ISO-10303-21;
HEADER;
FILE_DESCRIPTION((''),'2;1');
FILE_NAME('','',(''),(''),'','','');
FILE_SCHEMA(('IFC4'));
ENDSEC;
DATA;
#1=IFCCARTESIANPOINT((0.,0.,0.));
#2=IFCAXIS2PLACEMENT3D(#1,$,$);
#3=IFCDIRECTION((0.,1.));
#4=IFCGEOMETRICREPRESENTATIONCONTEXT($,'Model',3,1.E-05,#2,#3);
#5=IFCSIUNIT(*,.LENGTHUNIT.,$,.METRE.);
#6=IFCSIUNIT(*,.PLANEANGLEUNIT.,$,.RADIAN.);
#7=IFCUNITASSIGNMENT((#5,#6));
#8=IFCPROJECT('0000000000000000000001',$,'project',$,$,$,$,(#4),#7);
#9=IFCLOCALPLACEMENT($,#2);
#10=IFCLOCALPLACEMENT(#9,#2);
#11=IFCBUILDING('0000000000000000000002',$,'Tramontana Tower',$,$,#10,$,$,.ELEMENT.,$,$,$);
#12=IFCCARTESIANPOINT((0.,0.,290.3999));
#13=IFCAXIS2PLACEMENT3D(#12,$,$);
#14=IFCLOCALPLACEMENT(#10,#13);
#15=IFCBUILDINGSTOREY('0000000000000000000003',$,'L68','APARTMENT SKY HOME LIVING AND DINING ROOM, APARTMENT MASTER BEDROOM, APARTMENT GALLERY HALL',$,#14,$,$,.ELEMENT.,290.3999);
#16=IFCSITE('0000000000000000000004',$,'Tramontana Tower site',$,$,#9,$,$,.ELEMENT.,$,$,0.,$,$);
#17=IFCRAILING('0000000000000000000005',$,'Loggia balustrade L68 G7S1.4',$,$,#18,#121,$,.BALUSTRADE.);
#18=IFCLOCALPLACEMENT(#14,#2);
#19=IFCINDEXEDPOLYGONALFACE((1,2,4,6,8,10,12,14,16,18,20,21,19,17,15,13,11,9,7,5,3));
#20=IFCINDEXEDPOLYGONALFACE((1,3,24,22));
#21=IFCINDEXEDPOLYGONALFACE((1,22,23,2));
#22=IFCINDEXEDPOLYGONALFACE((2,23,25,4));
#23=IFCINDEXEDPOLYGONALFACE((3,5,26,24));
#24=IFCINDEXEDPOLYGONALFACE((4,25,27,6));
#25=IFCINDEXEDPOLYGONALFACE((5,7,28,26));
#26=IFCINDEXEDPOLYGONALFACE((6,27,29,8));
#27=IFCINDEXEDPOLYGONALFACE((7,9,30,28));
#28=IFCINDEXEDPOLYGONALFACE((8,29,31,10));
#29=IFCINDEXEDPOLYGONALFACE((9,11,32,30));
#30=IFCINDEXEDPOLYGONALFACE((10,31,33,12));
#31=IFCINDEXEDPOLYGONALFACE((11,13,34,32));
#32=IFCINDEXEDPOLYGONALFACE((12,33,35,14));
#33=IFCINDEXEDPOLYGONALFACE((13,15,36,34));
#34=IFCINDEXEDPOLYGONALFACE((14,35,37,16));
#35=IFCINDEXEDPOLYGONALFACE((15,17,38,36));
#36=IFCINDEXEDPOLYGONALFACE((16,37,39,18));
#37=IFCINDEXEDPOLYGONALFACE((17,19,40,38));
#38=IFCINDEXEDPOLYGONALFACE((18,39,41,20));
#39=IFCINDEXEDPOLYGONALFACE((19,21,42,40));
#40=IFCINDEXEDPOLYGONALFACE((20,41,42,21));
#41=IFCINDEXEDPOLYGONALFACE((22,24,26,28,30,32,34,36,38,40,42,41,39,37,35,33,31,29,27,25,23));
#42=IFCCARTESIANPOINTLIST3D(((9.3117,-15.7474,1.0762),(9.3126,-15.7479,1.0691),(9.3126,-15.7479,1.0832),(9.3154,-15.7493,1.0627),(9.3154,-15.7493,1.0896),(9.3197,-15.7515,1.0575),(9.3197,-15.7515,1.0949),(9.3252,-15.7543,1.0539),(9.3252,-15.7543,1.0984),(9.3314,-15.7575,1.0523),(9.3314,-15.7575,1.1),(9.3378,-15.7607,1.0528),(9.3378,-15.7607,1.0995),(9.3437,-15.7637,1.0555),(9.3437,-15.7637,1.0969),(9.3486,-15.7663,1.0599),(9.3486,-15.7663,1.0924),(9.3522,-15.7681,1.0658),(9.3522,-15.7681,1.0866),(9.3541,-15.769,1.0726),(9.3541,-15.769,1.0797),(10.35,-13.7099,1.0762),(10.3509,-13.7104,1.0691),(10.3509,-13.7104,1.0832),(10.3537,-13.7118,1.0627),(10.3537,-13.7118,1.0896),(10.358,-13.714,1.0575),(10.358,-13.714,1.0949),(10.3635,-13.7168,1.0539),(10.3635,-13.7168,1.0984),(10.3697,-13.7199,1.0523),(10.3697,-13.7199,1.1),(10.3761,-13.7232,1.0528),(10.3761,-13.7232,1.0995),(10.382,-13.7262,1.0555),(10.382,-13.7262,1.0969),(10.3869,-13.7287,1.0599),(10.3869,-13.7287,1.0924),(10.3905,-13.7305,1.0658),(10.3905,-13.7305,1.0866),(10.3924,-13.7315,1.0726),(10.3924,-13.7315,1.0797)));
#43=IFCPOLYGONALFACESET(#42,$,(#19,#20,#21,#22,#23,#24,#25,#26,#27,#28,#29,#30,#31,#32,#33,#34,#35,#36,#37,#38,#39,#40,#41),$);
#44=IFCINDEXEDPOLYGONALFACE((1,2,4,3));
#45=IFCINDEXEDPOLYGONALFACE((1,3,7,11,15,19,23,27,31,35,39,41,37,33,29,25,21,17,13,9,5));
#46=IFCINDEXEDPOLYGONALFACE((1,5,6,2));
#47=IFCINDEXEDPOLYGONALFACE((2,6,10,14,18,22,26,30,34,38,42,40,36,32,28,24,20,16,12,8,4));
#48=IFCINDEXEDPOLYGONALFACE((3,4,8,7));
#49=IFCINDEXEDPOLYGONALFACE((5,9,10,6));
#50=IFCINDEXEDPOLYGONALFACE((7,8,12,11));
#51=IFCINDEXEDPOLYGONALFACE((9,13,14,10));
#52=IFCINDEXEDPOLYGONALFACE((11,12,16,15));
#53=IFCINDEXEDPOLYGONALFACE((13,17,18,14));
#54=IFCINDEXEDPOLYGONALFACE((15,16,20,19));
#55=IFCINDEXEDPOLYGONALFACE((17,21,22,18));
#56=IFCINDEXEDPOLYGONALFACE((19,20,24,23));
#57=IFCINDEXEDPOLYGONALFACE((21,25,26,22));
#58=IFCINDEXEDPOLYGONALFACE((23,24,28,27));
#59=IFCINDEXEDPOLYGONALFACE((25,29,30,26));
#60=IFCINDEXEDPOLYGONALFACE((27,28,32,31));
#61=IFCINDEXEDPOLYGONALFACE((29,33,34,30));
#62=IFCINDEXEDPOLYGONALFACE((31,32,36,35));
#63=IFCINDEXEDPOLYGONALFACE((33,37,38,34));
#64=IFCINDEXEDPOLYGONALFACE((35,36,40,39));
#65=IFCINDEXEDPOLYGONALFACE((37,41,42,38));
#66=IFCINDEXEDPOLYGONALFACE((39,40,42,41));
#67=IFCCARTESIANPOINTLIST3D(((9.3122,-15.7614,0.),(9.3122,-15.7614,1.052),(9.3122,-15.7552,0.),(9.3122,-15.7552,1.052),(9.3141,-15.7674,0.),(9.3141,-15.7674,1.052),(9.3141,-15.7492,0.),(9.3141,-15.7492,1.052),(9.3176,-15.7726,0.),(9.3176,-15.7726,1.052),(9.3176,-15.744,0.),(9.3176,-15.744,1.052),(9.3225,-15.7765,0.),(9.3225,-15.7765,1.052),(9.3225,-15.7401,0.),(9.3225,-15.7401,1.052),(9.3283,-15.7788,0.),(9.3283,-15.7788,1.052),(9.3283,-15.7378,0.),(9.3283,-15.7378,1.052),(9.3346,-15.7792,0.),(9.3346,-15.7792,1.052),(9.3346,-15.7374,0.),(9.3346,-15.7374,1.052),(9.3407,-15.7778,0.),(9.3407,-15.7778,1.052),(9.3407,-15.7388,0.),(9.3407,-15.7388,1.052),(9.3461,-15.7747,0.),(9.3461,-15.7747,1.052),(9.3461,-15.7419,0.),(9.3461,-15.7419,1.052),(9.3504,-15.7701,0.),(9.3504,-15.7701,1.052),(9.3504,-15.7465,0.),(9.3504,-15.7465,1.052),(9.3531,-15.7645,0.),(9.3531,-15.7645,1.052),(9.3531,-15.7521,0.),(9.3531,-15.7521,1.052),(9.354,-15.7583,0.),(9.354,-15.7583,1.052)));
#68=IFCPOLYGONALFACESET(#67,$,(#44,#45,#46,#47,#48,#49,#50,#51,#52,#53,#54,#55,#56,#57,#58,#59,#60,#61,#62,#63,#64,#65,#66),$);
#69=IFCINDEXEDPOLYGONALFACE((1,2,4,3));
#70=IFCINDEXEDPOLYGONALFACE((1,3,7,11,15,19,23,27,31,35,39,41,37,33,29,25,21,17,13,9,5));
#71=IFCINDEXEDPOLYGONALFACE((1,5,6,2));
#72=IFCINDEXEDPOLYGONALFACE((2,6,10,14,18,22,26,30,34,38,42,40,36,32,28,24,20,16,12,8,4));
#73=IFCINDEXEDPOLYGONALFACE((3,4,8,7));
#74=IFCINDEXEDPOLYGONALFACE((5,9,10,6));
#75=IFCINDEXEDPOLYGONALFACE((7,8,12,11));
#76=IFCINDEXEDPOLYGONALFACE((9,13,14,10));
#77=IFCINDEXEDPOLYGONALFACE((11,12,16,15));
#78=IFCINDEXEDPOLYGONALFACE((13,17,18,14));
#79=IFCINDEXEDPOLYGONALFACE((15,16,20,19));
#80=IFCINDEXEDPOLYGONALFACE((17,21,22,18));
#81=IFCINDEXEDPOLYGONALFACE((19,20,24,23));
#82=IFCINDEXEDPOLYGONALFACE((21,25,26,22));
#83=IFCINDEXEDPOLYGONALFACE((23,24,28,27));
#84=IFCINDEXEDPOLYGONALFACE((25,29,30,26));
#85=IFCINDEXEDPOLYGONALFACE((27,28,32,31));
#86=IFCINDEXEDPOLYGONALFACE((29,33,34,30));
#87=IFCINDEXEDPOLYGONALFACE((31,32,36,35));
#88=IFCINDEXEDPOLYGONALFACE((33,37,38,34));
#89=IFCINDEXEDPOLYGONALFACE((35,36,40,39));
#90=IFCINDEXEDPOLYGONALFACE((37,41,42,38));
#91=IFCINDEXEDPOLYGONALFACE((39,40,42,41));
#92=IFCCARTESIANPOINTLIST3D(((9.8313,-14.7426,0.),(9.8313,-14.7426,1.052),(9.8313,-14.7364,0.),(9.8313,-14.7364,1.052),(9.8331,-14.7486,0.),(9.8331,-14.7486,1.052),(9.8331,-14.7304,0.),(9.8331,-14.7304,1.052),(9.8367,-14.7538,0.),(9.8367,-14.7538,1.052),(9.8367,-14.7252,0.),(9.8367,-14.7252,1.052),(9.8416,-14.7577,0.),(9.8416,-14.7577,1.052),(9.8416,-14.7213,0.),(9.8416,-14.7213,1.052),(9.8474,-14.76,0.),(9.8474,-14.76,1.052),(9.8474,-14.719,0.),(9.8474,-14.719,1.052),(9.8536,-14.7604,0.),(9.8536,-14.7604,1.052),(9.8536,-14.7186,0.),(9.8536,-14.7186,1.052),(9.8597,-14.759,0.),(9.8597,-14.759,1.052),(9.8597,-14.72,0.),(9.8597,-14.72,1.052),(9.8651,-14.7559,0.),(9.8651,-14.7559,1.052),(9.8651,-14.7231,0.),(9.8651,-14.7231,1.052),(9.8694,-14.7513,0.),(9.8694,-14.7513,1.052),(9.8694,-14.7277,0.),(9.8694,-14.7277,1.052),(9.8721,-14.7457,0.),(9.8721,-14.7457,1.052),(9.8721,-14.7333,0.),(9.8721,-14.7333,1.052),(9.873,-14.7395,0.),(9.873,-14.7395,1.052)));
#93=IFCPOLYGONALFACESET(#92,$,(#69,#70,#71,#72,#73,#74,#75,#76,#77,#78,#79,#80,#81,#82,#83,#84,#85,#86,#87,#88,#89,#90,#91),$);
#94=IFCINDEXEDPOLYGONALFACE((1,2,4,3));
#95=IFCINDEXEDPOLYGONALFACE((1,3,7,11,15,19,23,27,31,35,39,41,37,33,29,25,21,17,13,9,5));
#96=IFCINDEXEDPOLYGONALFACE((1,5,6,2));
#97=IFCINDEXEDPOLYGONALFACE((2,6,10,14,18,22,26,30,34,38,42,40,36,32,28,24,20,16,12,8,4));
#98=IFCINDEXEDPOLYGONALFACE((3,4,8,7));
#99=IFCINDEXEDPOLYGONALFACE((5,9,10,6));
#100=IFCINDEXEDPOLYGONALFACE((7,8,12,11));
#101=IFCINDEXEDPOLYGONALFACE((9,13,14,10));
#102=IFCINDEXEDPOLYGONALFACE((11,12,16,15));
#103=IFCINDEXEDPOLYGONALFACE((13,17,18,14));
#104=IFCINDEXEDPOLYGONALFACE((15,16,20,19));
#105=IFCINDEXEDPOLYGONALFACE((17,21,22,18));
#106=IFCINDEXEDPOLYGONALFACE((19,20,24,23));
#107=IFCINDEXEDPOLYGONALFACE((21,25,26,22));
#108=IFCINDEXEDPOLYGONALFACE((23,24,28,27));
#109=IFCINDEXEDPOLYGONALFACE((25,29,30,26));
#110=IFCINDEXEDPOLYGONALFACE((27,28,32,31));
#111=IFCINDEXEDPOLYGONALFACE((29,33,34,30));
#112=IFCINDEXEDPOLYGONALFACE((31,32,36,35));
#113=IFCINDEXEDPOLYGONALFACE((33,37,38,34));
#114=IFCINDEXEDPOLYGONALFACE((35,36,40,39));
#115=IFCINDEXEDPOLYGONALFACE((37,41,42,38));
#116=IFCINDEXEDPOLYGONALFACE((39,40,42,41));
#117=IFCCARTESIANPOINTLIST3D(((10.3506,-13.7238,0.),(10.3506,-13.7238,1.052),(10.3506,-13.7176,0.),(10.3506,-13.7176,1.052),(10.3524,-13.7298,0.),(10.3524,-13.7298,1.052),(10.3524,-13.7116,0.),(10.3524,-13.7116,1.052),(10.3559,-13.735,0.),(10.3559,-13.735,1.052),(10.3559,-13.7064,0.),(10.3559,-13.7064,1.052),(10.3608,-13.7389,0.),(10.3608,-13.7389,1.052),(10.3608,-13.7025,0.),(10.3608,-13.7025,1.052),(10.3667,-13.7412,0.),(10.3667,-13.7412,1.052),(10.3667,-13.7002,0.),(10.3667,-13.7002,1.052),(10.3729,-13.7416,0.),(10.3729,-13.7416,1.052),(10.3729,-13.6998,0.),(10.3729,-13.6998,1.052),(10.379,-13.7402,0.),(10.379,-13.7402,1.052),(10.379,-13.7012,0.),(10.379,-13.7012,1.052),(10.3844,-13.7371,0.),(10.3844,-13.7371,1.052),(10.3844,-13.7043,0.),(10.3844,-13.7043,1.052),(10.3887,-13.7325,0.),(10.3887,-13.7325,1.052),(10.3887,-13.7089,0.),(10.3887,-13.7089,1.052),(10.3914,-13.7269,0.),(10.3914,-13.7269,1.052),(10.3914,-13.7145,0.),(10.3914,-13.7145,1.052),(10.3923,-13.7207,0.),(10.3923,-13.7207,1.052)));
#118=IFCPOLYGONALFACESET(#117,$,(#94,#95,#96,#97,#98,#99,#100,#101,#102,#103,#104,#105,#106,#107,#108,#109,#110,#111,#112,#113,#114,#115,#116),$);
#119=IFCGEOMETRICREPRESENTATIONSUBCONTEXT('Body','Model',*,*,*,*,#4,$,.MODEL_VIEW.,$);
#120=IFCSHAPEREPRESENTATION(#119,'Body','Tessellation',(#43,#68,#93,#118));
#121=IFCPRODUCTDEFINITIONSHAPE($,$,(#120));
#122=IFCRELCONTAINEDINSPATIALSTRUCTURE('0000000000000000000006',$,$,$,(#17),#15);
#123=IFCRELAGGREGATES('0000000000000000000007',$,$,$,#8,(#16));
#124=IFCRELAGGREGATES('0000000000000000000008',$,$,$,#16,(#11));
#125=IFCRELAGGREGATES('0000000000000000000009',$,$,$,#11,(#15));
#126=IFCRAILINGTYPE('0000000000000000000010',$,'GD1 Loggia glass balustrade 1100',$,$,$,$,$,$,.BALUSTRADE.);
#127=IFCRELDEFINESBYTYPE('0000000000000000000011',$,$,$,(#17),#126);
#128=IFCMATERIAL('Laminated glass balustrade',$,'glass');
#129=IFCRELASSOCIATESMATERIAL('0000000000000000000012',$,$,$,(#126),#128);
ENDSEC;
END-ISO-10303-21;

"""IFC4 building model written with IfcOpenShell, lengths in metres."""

from ifc_helpers import new_model, si_unit, direction, frame, origin, origin_2d, place, context, subcontext, project, spatial, circle, extrude, material, type_object, element, save


model = new_model("IFC4")

# Units and contexts
model_context = context("Model", 3, precision=1e-05, world=origin(), true_north=direction((0.0, 1.0)))
body_context = subcontext(model_context, "Body", "Model", "MODEL_VIEW")
ifc_project = project(units=[si_unit("LENGTHUNIT", "METRE"), si_unit("PLANEANGLEUNIT", "RADIAN")], contexts=[model_context])

# Site, building, storey
site_placement = place(None, origin())
site = spatial("IfcSite", under=ifc_project, at=site_placement, Name="Tramontana Tower site", CompositionType="ELEMENT", RefElevation=0.0)
building_placement = place(site_placement, origin())
building = spatial("IfcBuilding", under=site, at=building_placement, Name="Tramontana Tower", CompositionType="ELEMENT")
storey_placement = place(building_placement, frame((0.0, 0.0, 290.3999)))
storey = spatial("IfcBuildingStorey", under=building, at=storey_placement, Name="L68", Description="APARTMENT SKY HOME LIVING AND DINING ROOM, APARTMENT MASTER BEDROOM, APARTMENT GALLERY HALL", CompositionType="ELEMENT", Elevation=290.3999)

# Railing
ifc_material_1 = material(Name="Laminated glass balustrade", Category="glass")
railing_type = type_object("IfcRailingType", Name="GD1 Loggia glass balustrade 1100", PredefinedType="BALUSTRADE", material=ifc_material_1)
railing_1_placement = place(storey_placement, frame((9.333, -15.7583, 0.0)))
element("IfcRailing", 1, at=railing_1_placement, inside=storey, type_object=railing_type, Name="Loggia balustrade L68 G7S1.4", PredefinedType="BALUSTRADE", context=body_context, shape_type="SweptSolid", body=[
    extrude(circle(Radius=0.0239, at=origin_2d()), frame((0.0, 0.0, 1.0762), z_axis=(0.454033, 0.890985, 0.0), x_axis=(-0.890985, 0.454033, 0.0)), (0.0, 0.0, 1.0), 2.2869),
    extrude(circle(Radius=0.021, at=origin_2d()), origin(), (0.0, 0.0, 1.0), 1.052),
    extrude(circle(Radius=0.021, at=origin_2d()), frame((0.519, 1.0188, 0.0)), (0.0, 0.0, 1.0), 1.052),
    extrude(circle(Radius=0.021, at=origin_2d()), frame((1.0383, 2.0376, 0.0)), (0.0, 0.0, 1.0), 1.052),
])

save(model, "model.ifc")
